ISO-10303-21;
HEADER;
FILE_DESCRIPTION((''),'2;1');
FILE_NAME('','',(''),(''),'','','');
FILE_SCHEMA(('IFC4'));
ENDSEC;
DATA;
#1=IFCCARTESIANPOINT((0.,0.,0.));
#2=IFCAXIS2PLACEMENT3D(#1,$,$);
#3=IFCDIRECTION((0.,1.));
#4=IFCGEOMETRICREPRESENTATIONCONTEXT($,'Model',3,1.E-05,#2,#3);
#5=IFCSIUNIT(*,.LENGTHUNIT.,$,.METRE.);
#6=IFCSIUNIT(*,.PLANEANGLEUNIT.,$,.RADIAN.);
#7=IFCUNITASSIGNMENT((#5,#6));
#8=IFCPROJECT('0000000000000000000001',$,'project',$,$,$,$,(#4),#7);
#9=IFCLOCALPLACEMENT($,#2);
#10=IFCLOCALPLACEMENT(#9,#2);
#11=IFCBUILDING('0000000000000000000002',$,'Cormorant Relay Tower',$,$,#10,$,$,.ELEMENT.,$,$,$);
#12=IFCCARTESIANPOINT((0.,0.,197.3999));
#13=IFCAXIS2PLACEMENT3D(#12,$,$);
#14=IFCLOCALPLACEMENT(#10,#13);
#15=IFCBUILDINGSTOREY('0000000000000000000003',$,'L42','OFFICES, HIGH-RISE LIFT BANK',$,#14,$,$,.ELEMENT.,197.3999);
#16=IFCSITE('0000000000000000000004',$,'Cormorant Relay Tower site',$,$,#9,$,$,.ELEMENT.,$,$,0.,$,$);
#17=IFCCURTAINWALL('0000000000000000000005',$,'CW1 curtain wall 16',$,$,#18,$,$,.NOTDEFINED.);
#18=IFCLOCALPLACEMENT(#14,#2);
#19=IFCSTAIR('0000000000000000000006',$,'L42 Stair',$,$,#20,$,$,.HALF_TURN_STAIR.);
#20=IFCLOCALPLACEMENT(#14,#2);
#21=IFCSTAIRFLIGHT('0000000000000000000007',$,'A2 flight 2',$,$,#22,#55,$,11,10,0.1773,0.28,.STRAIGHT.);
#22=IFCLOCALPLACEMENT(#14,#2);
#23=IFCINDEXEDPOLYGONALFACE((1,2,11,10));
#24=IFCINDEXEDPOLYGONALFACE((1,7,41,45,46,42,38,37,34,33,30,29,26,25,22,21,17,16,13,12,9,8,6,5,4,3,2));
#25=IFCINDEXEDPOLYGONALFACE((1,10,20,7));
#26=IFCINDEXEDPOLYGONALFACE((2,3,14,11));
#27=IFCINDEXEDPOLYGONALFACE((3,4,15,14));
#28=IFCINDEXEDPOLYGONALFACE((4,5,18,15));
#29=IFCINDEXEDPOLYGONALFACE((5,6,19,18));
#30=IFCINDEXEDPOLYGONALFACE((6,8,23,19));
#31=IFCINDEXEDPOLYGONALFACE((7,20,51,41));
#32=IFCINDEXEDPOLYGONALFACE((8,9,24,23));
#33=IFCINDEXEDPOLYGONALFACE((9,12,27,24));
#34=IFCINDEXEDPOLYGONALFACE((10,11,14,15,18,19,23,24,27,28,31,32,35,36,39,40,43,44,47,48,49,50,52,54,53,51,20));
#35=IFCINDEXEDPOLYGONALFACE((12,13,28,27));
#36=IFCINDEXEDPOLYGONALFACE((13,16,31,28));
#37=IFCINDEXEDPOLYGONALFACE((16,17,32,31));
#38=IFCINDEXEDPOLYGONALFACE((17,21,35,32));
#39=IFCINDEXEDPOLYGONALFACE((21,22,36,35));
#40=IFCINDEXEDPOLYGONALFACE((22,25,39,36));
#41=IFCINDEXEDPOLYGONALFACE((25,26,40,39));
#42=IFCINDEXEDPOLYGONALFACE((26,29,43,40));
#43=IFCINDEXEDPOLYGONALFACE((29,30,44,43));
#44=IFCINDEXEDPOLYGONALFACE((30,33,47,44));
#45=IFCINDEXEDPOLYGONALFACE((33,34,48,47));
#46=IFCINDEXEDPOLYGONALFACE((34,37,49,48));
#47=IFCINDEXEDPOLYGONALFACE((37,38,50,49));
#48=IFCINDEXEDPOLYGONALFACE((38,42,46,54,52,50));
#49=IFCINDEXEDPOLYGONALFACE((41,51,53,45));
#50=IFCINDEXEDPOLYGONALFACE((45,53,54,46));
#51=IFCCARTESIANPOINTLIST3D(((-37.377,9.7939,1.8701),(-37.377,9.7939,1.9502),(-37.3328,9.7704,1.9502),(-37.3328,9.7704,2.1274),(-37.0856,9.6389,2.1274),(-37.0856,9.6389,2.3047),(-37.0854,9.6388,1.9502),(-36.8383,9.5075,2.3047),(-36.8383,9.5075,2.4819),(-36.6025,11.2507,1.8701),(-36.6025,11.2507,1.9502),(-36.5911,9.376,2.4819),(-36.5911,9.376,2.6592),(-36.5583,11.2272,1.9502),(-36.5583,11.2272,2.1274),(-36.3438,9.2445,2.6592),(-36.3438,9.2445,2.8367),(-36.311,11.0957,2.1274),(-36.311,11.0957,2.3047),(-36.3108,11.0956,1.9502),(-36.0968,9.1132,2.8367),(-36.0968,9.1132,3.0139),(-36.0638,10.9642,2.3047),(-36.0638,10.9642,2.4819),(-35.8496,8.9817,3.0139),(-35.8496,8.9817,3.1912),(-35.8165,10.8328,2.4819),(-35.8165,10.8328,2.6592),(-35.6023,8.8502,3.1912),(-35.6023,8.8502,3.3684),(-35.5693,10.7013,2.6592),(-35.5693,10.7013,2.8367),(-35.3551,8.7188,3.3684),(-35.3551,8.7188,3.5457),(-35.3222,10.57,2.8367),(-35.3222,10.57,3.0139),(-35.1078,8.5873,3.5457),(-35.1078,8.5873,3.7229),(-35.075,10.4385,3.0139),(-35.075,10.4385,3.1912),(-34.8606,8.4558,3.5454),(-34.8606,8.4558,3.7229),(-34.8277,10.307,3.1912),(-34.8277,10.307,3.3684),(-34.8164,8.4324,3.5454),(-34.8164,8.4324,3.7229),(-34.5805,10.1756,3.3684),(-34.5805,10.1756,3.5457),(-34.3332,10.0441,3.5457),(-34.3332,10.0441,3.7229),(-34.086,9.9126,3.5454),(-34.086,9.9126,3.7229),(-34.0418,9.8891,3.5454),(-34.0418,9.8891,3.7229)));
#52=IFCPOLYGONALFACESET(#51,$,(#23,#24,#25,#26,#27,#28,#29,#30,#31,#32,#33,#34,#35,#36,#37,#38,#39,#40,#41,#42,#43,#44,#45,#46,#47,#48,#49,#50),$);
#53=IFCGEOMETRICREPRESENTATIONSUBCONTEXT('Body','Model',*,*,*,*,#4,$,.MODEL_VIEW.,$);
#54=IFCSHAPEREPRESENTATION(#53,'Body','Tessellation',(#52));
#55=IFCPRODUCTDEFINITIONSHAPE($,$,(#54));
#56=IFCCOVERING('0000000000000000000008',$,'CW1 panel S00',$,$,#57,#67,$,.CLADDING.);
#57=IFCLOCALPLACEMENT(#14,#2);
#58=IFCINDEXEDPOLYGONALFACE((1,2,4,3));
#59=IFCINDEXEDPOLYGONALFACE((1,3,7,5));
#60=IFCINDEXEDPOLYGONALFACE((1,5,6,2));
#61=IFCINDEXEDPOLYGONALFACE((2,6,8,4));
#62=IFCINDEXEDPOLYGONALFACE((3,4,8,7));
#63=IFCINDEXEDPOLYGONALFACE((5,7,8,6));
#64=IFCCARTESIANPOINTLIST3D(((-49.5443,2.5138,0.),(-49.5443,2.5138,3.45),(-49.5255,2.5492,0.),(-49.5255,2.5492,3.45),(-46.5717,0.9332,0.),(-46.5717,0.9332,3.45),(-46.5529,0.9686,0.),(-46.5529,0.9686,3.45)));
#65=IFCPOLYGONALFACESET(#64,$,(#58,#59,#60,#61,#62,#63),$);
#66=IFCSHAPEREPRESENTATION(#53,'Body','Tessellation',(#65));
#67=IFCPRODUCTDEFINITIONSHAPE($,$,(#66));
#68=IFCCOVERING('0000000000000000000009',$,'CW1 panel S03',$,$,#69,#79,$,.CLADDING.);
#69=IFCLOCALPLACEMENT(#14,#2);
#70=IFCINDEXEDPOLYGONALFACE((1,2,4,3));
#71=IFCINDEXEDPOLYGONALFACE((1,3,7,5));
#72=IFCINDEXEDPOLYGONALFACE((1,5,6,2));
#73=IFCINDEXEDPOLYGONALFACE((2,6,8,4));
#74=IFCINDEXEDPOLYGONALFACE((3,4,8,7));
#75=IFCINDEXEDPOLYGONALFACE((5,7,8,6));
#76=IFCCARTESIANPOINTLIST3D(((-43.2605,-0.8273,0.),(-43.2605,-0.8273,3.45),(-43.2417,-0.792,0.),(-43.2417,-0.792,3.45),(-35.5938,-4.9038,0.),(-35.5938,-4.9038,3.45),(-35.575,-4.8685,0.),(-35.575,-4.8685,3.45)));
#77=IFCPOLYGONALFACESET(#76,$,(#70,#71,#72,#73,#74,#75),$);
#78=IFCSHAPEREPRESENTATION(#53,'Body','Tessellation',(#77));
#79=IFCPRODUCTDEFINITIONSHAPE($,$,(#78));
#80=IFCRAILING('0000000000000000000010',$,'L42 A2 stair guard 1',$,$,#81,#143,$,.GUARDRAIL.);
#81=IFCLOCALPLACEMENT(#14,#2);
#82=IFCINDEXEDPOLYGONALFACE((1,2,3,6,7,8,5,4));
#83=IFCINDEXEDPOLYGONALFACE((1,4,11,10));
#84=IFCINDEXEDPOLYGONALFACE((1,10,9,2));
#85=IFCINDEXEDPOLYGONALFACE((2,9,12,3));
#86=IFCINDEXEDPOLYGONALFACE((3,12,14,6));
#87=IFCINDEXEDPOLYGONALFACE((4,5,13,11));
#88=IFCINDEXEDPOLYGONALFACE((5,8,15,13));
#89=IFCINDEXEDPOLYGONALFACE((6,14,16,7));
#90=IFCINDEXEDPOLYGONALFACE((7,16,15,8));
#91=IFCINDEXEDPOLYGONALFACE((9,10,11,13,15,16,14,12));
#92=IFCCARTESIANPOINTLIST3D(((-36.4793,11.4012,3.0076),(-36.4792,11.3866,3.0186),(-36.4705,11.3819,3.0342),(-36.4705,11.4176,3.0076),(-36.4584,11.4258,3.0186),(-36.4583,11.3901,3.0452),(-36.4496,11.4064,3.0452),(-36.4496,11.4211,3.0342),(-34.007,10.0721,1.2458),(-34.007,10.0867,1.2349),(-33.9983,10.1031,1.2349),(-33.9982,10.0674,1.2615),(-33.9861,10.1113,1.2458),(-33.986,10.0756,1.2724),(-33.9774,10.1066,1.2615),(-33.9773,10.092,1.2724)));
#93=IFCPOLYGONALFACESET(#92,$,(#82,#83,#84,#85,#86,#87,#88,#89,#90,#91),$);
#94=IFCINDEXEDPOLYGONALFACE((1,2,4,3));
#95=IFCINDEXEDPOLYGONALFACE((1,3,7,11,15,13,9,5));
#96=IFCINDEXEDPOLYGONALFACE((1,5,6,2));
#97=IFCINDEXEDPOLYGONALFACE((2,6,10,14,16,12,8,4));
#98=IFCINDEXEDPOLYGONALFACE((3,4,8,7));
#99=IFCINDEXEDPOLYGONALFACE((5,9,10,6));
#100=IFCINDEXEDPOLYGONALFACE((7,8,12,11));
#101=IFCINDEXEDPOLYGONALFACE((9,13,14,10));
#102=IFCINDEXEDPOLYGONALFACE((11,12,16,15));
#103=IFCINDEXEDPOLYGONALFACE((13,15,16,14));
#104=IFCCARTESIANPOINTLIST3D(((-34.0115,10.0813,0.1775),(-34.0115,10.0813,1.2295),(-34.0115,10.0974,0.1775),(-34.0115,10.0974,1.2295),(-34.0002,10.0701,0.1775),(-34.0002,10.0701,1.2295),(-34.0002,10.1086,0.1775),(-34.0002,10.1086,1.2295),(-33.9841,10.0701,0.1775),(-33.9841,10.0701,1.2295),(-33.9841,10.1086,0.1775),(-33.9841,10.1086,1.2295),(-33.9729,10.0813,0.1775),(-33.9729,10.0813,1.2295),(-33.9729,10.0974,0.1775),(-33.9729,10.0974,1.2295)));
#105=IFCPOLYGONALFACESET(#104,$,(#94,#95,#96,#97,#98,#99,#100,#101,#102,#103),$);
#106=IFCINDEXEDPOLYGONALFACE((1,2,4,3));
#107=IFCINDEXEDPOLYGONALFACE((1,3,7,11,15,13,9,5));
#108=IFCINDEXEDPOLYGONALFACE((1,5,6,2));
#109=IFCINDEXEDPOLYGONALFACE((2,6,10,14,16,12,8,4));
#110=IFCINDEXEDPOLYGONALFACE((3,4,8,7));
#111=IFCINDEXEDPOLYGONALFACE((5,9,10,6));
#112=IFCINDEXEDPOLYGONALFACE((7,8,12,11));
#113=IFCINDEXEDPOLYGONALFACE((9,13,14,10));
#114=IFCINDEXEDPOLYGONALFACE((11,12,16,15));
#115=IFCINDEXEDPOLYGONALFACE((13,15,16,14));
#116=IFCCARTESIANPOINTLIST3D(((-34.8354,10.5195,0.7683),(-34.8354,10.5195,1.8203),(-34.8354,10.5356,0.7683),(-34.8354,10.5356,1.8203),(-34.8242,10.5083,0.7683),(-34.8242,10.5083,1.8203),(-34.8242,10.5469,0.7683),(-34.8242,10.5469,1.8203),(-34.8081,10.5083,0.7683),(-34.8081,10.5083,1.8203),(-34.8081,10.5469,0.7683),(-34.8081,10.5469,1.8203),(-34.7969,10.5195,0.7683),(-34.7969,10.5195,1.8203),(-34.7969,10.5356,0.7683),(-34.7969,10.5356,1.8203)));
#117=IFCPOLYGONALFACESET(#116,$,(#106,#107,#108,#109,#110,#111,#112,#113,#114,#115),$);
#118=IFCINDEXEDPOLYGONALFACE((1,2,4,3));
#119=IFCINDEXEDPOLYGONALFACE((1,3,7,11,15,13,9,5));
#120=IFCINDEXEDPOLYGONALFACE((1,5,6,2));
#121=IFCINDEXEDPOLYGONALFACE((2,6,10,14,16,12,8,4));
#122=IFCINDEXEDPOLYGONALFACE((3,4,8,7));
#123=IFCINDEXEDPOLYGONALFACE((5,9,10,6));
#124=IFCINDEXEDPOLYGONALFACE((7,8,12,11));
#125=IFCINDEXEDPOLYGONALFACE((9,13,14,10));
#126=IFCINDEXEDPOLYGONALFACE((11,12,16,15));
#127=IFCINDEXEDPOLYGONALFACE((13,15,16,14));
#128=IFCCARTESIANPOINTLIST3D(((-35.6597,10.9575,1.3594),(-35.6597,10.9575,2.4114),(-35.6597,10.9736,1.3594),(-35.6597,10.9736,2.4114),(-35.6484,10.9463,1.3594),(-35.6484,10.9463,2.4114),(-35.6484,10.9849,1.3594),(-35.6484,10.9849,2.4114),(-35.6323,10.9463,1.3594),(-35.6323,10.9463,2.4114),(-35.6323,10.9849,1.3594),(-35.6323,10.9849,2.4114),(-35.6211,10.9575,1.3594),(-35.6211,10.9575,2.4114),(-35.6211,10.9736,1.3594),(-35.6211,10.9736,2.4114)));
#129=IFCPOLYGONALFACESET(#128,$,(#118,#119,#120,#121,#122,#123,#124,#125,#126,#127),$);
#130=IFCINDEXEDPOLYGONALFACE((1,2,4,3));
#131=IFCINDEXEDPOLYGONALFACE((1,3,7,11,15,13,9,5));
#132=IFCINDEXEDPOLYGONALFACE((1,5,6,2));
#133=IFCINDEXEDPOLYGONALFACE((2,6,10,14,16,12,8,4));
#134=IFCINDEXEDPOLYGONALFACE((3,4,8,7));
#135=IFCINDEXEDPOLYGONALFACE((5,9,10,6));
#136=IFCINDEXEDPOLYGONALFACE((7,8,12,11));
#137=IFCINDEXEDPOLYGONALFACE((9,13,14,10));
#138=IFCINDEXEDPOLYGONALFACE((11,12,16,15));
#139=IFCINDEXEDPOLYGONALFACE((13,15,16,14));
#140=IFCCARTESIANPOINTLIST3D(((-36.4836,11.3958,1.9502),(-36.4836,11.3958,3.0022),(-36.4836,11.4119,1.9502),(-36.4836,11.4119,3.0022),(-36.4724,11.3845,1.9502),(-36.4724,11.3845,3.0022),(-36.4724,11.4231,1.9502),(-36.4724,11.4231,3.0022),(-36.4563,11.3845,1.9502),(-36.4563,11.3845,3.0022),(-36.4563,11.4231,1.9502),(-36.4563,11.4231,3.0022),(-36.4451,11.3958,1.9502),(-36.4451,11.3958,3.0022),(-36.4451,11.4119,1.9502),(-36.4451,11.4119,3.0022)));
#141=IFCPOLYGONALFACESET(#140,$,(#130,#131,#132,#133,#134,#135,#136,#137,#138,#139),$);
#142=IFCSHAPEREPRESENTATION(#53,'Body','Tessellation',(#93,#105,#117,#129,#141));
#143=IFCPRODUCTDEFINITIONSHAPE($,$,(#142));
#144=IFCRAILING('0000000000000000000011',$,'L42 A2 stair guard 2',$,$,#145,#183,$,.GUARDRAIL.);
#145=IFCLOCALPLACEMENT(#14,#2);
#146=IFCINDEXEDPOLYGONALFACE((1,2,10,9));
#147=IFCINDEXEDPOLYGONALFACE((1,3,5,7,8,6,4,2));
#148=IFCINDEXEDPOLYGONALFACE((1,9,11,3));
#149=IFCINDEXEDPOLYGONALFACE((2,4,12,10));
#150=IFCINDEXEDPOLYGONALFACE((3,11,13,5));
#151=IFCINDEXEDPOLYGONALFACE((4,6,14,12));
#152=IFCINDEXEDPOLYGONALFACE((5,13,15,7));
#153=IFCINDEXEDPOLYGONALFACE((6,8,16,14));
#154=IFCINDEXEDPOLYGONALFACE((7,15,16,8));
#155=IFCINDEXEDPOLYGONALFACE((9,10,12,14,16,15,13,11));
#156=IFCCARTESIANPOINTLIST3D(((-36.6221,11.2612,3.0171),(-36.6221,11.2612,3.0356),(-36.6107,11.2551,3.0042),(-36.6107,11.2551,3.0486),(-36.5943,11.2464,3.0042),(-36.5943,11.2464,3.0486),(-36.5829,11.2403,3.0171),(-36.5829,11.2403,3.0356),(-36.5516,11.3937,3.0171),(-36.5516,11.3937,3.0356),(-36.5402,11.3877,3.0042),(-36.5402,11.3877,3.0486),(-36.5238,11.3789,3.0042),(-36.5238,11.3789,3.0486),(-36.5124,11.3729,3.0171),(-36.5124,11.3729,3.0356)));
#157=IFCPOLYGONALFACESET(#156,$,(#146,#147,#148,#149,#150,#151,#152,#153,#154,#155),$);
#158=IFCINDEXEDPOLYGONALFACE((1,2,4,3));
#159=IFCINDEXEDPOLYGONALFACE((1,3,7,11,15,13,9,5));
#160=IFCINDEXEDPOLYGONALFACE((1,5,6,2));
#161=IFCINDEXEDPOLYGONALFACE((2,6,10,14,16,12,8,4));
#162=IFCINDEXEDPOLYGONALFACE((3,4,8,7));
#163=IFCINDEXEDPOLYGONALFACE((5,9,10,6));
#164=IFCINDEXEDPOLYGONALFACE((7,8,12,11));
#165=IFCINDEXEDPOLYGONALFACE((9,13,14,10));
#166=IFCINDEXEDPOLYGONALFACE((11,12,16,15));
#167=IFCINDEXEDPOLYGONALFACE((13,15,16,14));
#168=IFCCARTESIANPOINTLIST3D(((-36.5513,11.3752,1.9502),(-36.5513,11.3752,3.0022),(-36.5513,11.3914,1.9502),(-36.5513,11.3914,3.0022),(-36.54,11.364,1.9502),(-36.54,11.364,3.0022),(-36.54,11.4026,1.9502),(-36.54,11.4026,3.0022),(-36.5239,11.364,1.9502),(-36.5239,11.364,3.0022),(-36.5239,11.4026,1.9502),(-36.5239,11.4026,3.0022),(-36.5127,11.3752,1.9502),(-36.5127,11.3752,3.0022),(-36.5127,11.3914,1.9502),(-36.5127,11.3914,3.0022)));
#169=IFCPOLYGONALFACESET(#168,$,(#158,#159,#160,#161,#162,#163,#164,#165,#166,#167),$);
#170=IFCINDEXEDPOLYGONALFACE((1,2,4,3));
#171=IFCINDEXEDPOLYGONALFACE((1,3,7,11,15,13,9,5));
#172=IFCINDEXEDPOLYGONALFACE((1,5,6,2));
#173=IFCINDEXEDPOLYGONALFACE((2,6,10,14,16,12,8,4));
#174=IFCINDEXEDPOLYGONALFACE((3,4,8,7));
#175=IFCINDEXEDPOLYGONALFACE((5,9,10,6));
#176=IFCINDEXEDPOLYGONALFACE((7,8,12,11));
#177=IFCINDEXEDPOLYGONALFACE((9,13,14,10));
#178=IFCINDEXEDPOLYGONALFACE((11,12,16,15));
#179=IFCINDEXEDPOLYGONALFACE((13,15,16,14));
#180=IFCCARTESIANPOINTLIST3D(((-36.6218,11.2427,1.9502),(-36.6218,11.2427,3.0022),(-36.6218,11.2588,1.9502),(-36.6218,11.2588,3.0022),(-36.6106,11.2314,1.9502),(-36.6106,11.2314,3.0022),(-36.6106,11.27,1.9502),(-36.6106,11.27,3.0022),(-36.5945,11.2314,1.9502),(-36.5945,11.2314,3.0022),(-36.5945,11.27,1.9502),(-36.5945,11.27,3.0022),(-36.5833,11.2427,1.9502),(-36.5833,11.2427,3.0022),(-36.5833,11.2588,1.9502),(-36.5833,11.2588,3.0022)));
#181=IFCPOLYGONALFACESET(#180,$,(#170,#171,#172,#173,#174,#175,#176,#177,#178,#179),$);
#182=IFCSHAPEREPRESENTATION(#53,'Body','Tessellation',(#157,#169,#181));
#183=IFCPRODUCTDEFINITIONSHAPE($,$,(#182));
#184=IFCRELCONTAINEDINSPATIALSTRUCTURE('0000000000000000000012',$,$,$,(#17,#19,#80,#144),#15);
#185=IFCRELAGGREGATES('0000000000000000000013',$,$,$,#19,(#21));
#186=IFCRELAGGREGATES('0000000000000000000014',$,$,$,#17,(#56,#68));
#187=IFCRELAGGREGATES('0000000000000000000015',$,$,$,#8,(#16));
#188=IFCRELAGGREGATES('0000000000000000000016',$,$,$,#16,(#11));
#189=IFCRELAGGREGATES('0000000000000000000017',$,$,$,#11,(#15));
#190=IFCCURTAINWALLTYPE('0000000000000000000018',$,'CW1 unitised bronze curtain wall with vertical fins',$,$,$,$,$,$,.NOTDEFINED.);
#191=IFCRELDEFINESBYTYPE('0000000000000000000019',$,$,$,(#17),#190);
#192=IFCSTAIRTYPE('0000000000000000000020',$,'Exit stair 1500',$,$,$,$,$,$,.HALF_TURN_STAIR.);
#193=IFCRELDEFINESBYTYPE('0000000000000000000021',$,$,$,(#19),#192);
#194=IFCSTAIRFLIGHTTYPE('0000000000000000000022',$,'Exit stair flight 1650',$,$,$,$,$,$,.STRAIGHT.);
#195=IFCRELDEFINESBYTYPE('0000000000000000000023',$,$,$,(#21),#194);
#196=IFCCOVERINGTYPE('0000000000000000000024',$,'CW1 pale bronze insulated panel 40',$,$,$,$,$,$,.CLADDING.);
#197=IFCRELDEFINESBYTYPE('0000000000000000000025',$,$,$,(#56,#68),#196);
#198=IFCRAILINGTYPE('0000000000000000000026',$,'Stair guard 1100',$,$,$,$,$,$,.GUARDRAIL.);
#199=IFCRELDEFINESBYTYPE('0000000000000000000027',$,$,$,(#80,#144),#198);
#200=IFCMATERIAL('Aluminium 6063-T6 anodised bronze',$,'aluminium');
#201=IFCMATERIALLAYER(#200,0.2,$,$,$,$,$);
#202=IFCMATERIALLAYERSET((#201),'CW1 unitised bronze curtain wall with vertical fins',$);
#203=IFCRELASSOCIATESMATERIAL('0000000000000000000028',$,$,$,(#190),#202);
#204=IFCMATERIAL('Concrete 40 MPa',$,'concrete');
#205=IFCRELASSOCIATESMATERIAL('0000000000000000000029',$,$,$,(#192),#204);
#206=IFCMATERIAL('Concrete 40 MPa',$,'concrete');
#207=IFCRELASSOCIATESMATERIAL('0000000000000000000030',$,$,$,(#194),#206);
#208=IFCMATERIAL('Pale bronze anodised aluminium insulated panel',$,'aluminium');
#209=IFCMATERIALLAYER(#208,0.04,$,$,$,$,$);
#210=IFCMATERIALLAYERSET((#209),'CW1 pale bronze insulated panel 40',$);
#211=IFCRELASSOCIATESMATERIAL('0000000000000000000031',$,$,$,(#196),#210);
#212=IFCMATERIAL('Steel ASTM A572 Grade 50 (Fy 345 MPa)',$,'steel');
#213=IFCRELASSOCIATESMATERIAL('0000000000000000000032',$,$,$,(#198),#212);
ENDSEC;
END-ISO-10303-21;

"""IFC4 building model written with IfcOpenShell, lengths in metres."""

from ifc_helpers import new_model, si_unit, direction, frame, origin, origin_2d, place, context, subcontext, project, spatial, polyline, rectangle, outline, extrude, material, layer, layer_set, type_object, element, aggregate, save


model = new_model("IFC4")

# Units and contexts
model_context = context("Model", 3, precision=1e-05, world=origin(), true_north=direction((0.0, 1.0)))
body_context = subcontext(model_context, "Body", "Model", "MODEL_VIEW")
ifc_project = project(units=[si_unit("LENGTHUNIT", "METRE"), si_unit("PLANEANGLEUNIT", "RADIAN")], contexts=[model_context])

# Site, building, storey
site_placement = place(None, origin())
site = spatial("IfcSite", under=ifc_project, at=site_placement, Name="Cormorant Relay Tower site", CompositionType="ELEMENT", RefElevation=0.0)
building_placement = place(site_placement, origin())
building = spatial("IfcBuilding", under=site, at=building_placement, Name="Cormorant Relay Tower", CompositionType="ELEMENT")
storey_placement = place(building_placement, frame((0.0, 0.0, 197.3999)))
storey = spatial("IfcBuildingStorey", under=building, at=storey_placement, Name="L42", Description="OFFICES, HIGH-RISE LIFT BANK", CompositionType="ELEMENT", Elevation=197.3999)

# Curtain wall
ifc_material_1 = material(Name="Aluminium 6063-T6 anodised bronze", Category="aluminium")
ifc_layer_1 = layer(ifc_material_1, 0.2)
ifc_layer_set_1 = layer_set([ifc_layer_1], Name="CW1 unitised bronze curtain wall with vertical fins")
curtain_wall_type = type_object("IfcCurtainWallType", Name="CW1 unitised bronze curtain wall with vertical fins", PredefinedType="NOTDEFINED", material=ifc_layer_set_1)
curtain_wall_placement = place(storey_placement, origin())
curtain_wall = element("IfcCurtainWall", 1, at=curtain_wall_placement, inside=storey, type_object=curtain_wall_type, Name="CW1 curtain wall 16", PredefinedType="NOTDEFINED")

# Stair, stair flight
ifc_material_2 = material(Name="Concrete 40 MPa", Category="concrete")
stair_type = type_object("IfcStairType", Name="Exit stair 1500", PredefinedType="HALF_TURN_STAIR", material=ifc_material_2)
stair_placement = place(storey_placement, origin())
stair = element("IfcStair", 2, at=stair_placement, inside=storey, type_object=stair_type, Name="L42 Stair", PredefinedType="HALF_TURN_STAIR")
ifc_material_3 = material(Name="Concrete 40 MPa", Category="concrete")
stair_flight_type = type_object("IfcStairFlightType", Name="Exit stair flight 1650", PredefinedType="STRAIGHT", material=ifc_material_3)
stair_flight_1_placement = place(storey_placement, frame((-36.9456, 10.4988, 1.9502), z_axis=(0.0, 0.0, 1.0), x_axis=(0.882948, -0.469472, 0.0)))
stair_flight_1 = element("IfcStairFlight", 3, at=stair_flight_1_placement, type_object=stair_flight_type, Name="A2 flight 2", NumberOfRisers=11, NumberOfTreads=10, PredefinedType="STRAIGHT", RiserHeight=0.1773, TreadLength=0.28, context=body_context, shape_type="SweptSolid", body=[
    extrude(outline(polyline([(-0.05, -0.0801), (-0.05, 0.0), (0.0, 0.0), (0.0, 0.1772), (0.28, 0.1772), (0.28, 0.3545), (0.5601, 0.3545), (0.5601, 0.5317), (0.8401, 0.5317), (0.8401, 0.709), (1.1201, 0.709), (1.1201, 0.8865), (1.3999, 0.8865), (1.3999, 1.0637), (1.6799, 1.0637), (1.6799, 1.241), (1.96, 1.241), (1.96, 1.4182), (2.24, 1.4182), (2.24, 1.5955), (2.52, 1.5955), (2.52, 1.7727), (2.8, 1.7727), (2.8501, 1.7727), (2.8501, 1.5952), (2.8, 1.5952), (0.2803, 0.0), (-0.05, -0.0801)])), frame((0.0, 0.825, 0.0), z_axis=(0.0, -1.0, 0.0), x_axis=(1.0, 0.0, 0.0)), (0.0, 0.0, 1.0), 1.6499),
])
aggregate(stair, [stair_flight_1])

# Coverings
ifc_material_4 = material(Name="Pale bronze anodised aluminium insulated panel", Category="aluminium")
ifc_layer_2 = layer(ifc_material_4, 0.04)
ifc_layer_set_2 = layer_set([ifc_layer_2], Name="CW1 pale bronze insulated panel 40")
covering_type = type_object("IfcCoveringType", Name="CW1 pale bronze insulated panel 40", PredefinedType="CLADDING", material=ifc_layer_set_2)
covering_1_placement = place(storey_placement, frame((-48.0486, 1.7412, 0.0), z_axis=(0.0, 0.0, 1.0), x_axis=(0.882948, -0.469472, 0.0)))
covering_1 = element("IfcCovering", 4, at=covering_1_placement, type_object=covering_type, Name="CW1 panel S00", PredefinedType="CLADDING", context=body_context, shape_type="SweptSolid", body=[
    extrude(rectangle(XDim=3.3667, YDim=0.04, at=origin_2d()), origin(), (0.0, 0.0, 1.0), 3.45),
])
covering_2_placement = place(storey_placement, frame((-39.4177, -2.8479, 0.0), z_axis=(0.0, 0.0, 1.0), x_axis=(0.882948, -0.469472, 0.0)))
covering_2 = element("IfcCovering", 5, at=covering_2_placement, type_object=covering_type, Name="CW1 panel S03", PredefinedType="CLADDING", context=body_context, shape_type="SweptSolid", body=[
    extrude(rectangle(XDim=8.6831, YDim=0.04, at=origin_2d()), origin(), (0.0, 0.0, 1.0), 3.45),
])
aggregate(curtain_wall, [covering_1, covering_2])

# Railings
ifc_material_5 = material(Name="Steel ASTM A572 Grade 50 (Fy 345 MPa)", Category="steel")
railing_type_1 = type_object("IfcRailingType", Name="Stair guard 1100", PredefinedType="GUARDRAIL", material=ifc_material_5)
railing_1_placement = place(storey_placement, frame((-33.9922, 10.0894, 0.1775)))
element("IfcRailing", 6, at=railing_1_placement, inside=storey, type_object=railing_type_1, Name="L42 A2 stair guard 1", PredefinedType="GUARDRAIL", context=body_context, shape_type="SweptSolid", body=[
    extrude(outline(polyline([(0.0222, 0.0093), (0.0093, 0.0222), (-0.0093, 0.0222), (-0.0222, 0.0093), (-0.0222, -0.0093), (-0.0093, -0.0222), (0.0093, -0.0222), (0.0222, -0.0093), (0.0222, 0.0093)])), frame((0.0, 0.0, 1.0762), z_axis=(-0.746001, 0.396649, 0.534931), x_axis=(-0.469465, -0.882951, 0.0)), (0.0, 0.0, 1.0), 3.314),
    extrude(outline(polyline([(0.0193, 0.0081), (0.0081, 0.0193), (-0.0081, 0.0193), (-0.0193, 0.0081), (-0.0193, -0.0081), (-0.0081, -0.0193), (0.0081, -0.0193), (0.0193, -0.0081), (0.0193, 0.0081)])), origin(), (0.0, 0.0, 1.0), 1.052),
    extrude(outline(polyline([(0.0193, 0.0081), (0.0081, 0.0193), (-0.0081, 0.0193), (-0.0193, 0.0081), (-0.0193, -0.0081), (-0.0081, -0.0193), (0.0081, -0.0193), (0.0193, -0.0081), (0.0193, 0.0081)])), frame((-0.824, 0.4382, 0.5908)), (0.0, 0.0, 1.0), 1.052),
    extrude(outline(polyline([(0.0193, 0.0081), (0.0081, 0.0193), (-0.0081, 0.0193), (-0.0193, 0.0081), (-0.0193, -0.0081), (-0.0081, -0.0193), (0.0081, -0.0193), (0.0193, -0.0081), (0.0193, 0.0081)])), frame((-1.6482, 0.8762, 1.1819)), (0.0, 0.0, 1.0), 1.052),
    extrude(outline(polyline([(0.0193, 0.0081), (0.0081, 0.0193), (-0.0081, 0.0193), (-0.0193, 0.0081), (-0.0193, -0.0081), (-0.0081, -0.0193), (0.0081, -0.0193), (0.0193, -0.0081), (0.0193, 0.0081)])), frame((-2.4722, 1.3145, 1.7727)), (0.0, 0.0, 1.0), 1.052),
])
railing_2_placement = place(storey_placement, frame((-36.532, 11.3833, 1.9502)))
element("IfcRailing", 7, at=railing_2_placement, inside=storey, type_object=railing_type_1, Name="L42 A2 stair guard 2", PredefinedType="GUARDRAIL", context=body_context, shape_type="SweptSolid", body=[
    extrude(outline(polyline([(0.0222, 0.0093), (0.0093, 0.0222), (-0.0093, 0.0222), (-0.0222, 0.0093), (-0.0222, -0.0093), (-0.0093, -0.0222), (0.0093, -0.0222), (0.0222, -0.0093), (0.0222, 0.0093)])), frame((0.0, 0.0, 1.0762), z_axis=(-0.469829, -0.882758, 0.0), x_axis=(0.882758, -0.469829, 0.0)), (0.0, 0.0, 1.0), 0.1501),
    extrude(outline(polyline([(0.0193, 0.0081), (0.0081, 0.0193), (-0.0081, 0.0193), (-0.0193, 0.0081), (-0.0193, -0.0081), (-0.0081, -0.0193), (0.0081, -0.0193), (0.0193, -0.0081), (0.0193, 0.0081)])), origin(), (0.0, 0.0, 1.0), 1.052),
    extrude(outline(polyline([(0.0193, 0.0081), (0.0081, 0.0193), (-0.0081, 0.0193), (-0.0193, 0.0081), (-0.0193, -0.0081), (-0.0081, -0.0193), (0.0081, -0.0193), (0.0193, -0.0081), (0.0193, 0.0081)])), frame((-0.0706, -0.1326, 0.0)), (0.0, 0.0, 1.0), 1.052),
])

save(model, "model.ifc")
